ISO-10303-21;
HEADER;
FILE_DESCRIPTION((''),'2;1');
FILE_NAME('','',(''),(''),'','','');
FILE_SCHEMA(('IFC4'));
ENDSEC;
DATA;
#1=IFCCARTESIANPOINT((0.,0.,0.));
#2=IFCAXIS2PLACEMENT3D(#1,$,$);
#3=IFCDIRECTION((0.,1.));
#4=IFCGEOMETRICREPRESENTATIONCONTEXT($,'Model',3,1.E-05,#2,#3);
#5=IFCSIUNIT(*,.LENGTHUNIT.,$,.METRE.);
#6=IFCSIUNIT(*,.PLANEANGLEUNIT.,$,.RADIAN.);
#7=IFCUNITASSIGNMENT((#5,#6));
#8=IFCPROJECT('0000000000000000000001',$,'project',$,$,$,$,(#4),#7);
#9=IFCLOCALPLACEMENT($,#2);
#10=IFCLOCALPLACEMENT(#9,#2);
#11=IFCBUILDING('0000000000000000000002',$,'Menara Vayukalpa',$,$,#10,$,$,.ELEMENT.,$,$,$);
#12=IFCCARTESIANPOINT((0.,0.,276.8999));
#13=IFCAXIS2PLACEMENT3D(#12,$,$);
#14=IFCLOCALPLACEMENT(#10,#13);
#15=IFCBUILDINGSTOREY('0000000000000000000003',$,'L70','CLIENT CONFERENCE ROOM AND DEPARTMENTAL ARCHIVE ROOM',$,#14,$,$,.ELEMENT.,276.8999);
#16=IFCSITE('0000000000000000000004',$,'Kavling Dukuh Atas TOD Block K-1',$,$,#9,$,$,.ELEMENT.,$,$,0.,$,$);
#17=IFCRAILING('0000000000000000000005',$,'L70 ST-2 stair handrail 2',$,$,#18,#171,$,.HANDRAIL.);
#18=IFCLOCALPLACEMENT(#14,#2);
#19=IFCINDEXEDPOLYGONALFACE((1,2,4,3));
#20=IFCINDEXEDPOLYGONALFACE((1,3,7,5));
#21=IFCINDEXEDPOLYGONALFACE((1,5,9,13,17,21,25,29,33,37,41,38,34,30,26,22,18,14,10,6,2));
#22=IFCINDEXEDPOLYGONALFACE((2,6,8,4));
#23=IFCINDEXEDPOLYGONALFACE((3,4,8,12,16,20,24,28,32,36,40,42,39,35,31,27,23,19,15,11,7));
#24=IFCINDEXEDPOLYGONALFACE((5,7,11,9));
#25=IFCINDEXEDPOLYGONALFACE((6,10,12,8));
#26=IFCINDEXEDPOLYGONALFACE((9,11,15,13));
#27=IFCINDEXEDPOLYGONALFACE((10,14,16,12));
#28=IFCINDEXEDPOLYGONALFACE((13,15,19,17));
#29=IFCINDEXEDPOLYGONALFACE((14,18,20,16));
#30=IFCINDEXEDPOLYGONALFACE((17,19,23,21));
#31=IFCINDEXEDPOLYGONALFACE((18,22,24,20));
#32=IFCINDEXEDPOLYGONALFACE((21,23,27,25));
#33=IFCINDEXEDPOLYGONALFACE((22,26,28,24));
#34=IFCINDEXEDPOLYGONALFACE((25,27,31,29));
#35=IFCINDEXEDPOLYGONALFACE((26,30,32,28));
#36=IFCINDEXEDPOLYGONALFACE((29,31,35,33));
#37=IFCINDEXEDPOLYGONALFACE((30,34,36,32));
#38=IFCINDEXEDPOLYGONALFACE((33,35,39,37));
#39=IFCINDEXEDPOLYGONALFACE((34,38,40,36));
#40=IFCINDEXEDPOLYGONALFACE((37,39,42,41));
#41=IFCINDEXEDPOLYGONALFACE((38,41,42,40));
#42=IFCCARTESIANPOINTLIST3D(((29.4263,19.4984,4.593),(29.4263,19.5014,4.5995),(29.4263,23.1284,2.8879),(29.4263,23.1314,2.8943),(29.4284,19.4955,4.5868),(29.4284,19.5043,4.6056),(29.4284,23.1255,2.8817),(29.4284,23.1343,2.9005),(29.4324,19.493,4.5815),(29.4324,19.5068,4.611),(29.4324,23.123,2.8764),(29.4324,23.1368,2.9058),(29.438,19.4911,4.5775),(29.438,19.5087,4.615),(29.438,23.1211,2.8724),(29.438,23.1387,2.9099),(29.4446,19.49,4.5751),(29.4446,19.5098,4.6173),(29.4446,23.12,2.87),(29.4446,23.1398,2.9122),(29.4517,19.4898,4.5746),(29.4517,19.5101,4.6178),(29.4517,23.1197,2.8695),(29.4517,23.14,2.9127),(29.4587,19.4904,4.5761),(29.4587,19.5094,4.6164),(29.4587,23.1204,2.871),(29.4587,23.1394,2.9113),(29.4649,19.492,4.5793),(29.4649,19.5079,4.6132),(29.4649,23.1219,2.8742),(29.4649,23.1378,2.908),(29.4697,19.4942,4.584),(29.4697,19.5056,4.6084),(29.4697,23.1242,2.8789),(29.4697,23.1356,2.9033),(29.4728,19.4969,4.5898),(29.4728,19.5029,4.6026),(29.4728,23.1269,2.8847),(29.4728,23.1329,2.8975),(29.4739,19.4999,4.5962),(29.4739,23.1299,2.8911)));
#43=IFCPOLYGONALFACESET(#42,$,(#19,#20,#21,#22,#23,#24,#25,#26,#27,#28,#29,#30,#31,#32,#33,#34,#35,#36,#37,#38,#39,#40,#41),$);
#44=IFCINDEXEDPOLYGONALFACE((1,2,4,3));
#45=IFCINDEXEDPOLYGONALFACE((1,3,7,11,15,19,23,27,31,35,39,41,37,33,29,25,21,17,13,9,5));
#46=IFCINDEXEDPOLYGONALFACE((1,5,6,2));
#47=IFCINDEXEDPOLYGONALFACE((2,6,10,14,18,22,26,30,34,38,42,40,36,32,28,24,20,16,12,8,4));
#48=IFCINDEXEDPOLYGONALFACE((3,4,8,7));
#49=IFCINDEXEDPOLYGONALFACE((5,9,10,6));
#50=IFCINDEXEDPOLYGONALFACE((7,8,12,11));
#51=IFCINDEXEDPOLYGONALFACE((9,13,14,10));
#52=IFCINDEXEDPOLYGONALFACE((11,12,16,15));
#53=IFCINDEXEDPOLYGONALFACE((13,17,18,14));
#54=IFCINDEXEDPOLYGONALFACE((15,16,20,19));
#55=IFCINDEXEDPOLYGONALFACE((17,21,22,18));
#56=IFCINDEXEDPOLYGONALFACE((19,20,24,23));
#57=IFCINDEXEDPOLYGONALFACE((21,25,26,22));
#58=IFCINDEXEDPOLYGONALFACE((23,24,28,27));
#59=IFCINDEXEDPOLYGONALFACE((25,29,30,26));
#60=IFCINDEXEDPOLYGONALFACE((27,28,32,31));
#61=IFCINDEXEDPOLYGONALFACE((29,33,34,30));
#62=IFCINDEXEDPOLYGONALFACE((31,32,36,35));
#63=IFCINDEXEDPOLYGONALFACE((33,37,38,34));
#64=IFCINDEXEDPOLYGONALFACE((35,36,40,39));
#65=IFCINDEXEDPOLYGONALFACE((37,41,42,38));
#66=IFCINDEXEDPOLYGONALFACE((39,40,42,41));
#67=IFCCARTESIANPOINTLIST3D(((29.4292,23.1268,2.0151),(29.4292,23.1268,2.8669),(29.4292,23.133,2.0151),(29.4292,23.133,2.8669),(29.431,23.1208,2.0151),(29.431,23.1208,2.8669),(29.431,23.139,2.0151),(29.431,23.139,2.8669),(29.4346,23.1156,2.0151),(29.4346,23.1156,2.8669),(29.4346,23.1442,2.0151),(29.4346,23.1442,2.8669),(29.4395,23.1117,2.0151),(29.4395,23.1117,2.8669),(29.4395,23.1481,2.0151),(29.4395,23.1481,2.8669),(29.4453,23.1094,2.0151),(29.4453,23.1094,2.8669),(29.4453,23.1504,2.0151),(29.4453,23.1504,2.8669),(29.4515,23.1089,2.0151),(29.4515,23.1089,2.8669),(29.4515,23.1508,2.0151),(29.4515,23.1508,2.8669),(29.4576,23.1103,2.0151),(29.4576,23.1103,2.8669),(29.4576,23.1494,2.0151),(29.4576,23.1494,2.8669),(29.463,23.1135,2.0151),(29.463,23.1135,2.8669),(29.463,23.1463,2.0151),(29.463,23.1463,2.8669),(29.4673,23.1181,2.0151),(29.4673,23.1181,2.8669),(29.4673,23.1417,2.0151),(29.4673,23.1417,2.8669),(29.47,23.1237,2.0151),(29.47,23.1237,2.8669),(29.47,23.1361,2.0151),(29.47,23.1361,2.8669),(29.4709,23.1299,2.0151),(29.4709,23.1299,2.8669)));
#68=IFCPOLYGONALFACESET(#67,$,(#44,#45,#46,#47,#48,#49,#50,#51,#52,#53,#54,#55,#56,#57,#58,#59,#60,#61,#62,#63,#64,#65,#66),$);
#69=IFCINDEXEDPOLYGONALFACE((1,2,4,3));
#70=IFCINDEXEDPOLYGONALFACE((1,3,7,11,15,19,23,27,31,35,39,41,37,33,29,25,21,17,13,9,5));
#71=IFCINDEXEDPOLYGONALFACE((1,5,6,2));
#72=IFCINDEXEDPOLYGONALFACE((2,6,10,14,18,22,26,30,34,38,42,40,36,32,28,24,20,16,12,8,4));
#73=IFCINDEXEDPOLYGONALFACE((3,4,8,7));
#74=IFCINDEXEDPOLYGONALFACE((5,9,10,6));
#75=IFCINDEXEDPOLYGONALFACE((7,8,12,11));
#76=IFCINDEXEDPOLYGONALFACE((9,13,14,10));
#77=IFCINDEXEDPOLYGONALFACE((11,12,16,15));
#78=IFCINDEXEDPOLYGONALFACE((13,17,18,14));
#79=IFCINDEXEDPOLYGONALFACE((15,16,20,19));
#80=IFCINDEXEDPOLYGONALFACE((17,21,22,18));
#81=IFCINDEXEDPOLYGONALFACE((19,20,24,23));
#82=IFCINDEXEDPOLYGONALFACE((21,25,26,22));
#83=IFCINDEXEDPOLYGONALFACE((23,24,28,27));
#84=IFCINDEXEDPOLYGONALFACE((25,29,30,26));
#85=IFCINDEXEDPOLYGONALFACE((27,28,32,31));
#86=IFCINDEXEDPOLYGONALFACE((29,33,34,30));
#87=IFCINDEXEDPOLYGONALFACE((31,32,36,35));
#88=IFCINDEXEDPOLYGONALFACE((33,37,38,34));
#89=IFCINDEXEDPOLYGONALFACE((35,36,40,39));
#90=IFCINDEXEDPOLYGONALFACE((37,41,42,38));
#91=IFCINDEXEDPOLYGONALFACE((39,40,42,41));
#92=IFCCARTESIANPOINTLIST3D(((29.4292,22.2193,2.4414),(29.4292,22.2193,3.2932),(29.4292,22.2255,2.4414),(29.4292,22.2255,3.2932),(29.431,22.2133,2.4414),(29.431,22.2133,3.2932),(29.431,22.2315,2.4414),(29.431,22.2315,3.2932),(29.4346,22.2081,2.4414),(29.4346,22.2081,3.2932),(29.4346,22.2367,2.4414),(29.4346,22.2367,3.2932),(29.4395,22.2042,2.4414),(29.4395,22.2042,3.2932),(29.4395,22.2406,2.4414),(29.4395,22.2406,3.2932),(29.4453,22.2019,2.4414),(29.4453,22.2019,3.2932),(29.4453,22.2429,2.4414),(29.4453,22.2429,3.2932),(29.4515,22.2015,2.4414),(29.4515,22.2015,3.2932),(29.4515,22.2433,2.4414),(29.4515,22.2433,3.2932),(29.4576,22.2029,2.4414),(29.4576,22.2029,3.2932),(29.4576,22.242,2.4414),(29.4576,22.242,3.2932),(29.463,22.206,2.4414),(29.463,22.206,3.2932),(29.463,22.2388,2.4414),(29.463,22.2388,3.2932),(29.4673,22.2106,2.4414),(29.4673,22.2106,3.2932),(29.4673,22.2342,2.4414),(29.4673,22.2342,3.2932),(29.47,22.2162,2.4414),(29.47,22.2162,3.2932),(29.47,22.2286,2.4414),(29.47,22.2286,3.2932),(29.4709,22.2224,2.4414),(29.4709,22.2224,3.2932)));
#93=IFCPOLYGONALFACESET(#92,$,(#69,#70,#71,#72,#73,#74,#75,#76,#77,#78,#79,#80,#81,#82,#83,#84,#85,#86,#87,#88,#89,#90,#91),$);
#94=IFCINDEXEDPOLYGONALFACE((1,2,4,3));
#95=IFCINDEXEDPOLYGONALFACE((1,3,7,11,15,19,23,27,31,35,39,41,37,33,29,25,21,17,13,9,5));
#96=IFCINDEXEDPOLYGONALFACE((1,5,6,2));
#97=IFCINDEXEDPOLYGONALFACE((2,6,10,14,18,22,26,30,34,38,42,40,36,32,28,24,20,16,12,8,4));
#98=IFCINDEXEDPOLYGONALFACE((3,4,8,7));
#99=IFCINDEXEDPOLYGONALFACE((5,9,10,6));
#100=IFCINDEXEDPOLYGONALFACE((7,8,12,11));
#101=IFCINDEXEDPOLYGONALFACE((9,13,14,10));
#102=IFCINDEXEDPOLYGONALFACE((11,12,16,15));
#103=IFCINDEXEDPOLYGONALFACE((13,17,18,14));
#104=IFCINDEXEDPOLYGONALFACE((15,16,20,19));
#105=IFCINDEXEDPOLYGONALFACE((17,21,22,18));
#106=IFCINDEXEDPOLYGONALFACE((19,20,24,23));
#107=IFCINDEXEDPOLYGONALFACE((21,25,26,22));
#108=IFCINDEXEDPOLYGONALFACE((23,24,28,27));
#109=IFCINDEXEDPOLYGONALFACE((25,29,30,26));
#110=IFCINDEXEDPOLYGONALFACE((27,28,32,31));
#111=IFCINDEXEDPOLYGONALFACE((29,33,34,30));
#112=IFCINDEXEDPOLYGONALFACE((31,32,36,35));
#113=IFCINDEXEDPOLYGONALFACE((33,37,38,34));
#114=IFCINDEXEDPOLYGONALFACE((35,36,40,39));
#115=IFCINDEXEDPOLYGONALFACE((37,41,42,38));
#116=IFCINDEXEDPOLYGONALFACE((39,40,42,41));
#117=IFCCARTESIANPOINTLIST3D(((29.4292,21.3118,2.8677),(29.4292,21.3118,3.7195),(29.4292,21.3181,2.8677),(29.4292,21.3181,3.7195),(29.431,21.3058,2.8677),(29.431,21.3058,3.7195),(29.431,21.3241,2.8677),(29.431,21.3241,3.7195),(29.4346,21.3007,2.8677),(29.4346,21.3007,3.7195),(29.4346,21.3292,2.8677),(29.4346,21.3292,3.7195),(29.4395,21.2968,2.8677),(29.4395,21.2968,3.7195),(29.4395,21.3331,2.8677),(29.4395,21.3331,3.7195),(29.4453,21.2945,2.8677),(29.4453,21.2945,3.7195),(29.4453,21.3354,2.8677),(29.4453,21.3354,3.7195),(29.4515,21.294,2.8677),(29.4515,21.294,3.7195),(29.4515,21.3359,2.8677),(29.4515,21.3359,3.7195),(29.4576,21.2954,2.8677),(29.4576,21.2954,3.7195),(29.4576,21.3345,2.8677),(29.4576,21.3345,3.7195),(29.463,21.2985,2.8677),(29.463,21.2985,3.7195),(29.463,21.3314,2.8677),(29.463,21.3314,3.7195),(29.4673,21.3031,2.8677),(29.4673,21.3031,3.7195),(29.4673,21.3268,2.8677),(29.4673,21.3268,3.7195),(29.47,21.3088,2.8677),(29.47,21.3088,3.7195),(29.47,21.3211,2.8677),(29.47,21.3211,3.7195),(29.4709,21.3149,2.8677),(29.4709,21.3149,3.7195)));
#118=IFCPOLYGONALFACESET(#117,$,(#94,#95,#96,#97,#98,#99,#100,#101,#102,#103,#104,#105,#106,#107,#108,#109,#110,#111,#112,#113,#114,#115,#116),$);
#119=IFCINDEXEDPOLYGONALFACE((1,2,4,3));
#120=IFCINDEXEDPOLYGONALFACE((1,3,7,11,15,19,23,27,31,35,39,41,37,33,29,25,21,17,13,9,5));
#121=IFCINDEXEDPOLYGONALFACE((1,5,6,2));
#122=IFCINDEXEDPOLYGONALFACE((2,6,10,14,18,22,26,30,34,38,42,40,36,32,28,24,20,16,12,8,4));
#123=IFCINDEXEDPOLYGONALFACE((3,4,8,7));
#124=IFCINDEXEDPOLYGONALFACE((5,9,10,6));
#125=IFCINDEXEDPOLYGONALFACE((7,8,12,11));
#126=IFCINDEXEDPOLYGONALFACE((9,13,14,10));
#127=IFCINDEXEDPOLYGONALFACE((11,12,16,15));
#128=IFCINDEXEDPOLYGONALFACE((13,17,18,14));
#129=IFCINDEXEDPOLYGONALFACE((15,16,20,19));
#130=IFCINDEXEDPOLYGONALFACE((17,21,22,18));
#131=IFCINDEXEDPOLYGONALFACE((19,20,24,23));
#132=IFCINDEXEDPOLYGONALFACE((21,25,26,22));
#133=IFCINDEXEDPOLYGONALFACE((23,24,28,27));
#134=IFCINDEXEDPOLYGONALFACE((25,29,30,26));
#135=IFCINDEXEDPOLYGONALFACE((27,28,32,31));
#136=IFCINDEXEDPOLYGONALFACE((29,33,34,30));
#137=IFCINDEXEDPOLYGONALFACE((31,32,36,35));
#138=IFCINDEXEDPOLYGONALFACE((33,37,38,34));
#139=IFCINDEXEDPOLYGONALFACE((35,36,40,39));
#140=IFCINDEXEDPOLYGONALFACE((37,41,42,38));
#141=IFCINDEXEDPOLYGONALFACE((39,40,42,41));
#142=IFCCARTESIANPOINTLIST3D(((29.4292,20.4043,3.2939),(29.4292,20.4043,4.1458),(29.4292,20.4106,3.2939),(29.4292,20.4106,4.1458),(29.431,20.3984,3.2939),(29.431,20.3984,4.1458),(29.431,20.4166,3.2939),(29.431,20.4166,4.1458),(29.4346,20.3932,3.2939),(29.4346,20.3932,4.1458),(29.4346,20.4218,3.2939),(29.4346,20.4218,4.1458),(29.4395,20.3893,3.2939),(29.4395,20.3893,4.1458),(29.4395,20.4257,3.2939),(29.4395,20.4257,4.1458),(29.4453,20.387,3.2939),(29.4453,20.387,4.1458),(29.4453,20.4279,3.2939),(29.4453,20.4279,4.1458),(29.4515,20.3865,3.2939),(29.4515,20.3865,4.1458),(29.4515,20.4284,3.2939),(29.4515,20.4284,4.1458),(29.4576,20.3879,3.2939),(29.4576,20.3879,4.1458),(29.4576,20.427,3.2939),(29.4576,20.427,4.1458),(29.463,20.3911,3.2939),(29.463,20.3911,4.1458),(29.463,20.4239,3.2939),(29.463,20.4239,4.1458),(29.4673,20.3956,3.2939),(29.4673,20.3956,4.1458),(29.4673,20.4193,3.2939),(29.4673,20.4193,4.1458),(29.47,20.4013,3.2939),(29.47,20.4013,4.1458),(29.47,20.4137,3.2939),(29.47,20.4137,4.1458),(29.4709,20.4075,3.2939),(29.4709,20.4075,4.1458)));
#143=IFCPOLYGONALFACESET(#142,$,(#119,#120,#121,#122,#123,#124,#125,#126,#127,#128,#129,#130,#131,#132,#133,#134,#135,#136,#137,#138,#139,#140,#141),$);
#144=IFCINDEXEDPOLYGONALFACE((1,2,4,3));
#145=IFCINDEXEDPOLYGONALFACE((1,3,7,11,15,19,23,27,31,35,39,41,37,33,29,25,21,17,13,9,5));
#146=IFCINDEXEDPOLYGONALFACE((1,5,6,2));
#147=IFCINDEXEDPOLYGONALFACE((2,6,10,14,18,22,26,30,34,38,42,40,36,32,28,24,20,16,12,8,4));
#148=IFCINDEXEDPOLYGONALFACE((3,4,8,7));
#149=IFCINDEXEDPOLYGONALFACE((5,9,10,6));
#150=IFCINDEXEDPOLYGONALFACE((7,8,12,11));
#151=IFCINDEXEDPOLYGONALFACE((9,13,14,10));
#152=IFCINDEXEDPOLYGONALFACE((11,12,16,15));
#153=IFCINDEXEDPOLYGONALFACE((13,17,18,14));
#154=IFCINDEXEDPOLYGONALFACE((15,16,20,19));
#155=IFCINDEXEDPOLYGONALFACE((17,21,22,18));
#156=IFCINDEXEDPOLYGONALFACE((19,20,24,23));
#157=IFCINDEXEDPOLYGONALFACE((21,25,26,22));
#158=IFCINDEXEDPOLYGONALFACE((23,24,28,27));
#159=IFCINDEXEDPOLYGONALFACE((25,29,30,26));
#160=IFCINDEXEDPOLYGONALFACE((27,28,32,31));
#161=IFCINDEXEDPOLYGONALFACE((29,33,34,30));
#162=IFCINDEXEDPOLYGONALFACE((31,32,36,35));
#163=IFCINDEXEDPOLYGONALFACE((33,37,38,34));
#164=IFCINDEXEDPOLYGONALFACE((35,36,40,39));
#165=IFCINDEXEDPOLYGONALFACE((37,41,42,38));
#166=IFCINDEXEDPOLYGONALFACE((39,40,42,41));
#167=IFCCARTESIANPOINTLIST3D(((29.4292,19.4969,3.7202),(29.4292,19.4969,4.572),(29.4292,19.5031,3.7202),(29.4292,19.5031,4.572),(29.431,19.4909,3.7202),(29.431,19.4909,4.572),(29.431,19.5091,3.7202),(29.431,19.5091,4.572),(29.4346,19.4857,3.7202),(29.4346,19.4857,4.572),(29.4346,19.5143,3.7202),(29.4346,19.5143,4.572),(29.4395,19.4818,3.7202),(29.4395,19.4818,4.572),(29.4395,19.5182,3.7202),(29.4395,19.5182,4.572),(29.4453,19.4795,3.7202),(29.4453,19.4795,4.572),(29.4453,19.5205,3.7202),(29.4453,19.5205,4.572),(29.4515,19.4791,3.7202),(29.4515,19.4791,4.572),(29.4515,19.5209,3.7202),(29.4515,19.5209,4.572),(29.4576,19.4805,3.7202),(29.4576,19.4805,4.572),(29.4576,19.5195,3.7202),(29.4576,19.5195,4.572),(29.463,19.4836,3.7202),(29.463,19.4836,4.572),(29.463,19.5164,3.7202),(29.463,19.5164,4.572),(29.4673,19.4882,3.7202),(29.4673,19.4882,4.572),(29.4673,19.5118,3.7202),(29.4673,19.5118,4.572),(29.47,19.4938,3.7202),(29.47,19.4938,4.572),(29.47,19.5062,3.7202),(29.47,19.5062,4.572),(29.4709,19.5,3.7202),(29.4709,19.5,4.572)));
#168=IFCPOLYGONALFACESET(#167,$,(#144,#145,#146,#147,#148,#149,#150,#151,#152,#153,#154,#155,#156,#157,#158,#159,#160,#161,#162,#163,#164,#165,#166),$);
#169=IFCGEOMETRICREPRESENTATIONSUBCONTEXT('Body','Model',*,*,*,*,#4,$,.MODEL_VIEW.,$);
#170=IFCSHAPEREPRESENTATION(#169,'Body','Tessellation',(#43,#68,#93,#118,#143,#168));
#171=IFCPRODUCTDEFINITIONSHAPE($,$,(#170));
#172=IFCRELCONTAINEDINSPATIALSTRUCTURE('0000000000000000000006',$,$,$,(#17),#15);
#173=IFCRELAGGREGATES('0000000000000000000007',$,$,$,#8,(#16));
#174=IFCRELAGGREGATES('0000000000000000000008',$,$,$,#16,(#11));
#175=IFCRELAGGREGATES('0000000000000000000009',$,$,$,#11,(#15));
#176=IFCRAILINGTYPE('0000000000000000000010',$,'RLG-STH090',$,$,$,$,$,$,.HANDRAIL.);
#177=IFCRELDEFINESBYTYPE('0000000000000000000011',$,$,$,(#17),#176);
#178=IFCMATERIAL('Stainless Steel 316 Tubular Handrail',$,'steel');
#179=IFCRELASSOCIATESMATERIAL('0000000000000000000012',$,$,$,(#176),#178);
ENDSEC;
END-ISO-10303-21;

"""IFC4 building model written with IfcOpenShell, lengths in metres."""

from ifc_helpers import new_model, si_unit, direction, frame, origin, origin_2d, place, context, subcontext, project, spatial, circle, extrude, material, type_object, element, save


model = new_model("IFC4")

# Units and contexts
model_context = context("Model", 3, precision=1e-05, world=origin(), true_north=direction((0.0, 1.0)))
body_context = subcontext(model_context, "Body", "Model", "MODEL_VIEW")
ifc_project = project(units=[si_unit("LENGTHUNIT", "METRE"), si_unit("PLANEANGLEUNIT", "RADIAN")], contexts=[model_context])

# Site, building, storey
site_placement = place(None, origin())
site = spatial("IfcSite", under=ifc_project, at=site_placement, Name="Kavling Dukuh Atas TOD Block K-1", CompositionType="ELEMENT", RefElevation=0.0)
building_placement = place(site_placement, origin())
building = spatial("IfcBuilding", under=site, at=building_placement, Name="Menara Vayukalpa", CompositionType="ELEMENT")
storey_placement = place(building_placement, frame((0.0, 0.0, 276.8999)))
storey = spatial("IfcBuildingStorey", under=building, at=storey_placement, Name="L70", Description="CLIENT CONFERENCE ROOM AND DEPARTMENTAL ARCHIVE ROOM", CompositionType="ELEMENT", Elevation=276.8999)

# Railing
ifc_material_1 = material(Name="Stainless Steel 316 Tubular Handrail", Category="steel")
railing_type_1 = type_object("IfcRailingType", Name="RLG-STH090", PredefinedType="HANDRAIL", material=ifc_material_1)
railing_1_placement = place(storey_placement, frame((29.45, 23.1299, 2.0151)))
element("IfcRailing", 1, at=railing_1_placement, inside=storey, type_object=railing_type_1, Name="L70 ST-2 stair handrail 2", PredefinedType="HANDRAIL", context=body_context, shape_type="SweptSolid", body=[
    extrude(circle(Radius=0.0239, at=origin_2d()), frame((0.0, 0.0, 0.876), z_axis=(0.0, -0.905116, 0.425164), x_axis=(1.0, 0.0, 0.0)), (0.0, 0.0, 1.0), 4.0105),
    extrude(circle(Radius=0.021, at=origin_2d()), origin(), (0.0, 0.0, 1.0), 0.8518),
    extrude(circle(Radius=0.021, at=origin_2d()), frame((0.0, -0.9075, 0.4263)), (0.0, 0.0, 1.0), 0.8518),
    extrude(circle(Radius=0.021, at=origin_2d()), frame((0.0, -1.8149, 0.8525)), (0.0, 0.0, 1.0), 0.8518),
    extrude(circle(Radius=0.021, at=origin_2d()), frame((0.0, -2.7224, 1.2788)), (0.0, 0.0, 1.0), 0.8518),
    extrude(circle(Radius=0.021, at=origin_2d()), frame((0.0, -3.6299, 1.7051)), (0.0, 0.0, 1.0), 0.8518),
])

save(model, "model.ifc")
